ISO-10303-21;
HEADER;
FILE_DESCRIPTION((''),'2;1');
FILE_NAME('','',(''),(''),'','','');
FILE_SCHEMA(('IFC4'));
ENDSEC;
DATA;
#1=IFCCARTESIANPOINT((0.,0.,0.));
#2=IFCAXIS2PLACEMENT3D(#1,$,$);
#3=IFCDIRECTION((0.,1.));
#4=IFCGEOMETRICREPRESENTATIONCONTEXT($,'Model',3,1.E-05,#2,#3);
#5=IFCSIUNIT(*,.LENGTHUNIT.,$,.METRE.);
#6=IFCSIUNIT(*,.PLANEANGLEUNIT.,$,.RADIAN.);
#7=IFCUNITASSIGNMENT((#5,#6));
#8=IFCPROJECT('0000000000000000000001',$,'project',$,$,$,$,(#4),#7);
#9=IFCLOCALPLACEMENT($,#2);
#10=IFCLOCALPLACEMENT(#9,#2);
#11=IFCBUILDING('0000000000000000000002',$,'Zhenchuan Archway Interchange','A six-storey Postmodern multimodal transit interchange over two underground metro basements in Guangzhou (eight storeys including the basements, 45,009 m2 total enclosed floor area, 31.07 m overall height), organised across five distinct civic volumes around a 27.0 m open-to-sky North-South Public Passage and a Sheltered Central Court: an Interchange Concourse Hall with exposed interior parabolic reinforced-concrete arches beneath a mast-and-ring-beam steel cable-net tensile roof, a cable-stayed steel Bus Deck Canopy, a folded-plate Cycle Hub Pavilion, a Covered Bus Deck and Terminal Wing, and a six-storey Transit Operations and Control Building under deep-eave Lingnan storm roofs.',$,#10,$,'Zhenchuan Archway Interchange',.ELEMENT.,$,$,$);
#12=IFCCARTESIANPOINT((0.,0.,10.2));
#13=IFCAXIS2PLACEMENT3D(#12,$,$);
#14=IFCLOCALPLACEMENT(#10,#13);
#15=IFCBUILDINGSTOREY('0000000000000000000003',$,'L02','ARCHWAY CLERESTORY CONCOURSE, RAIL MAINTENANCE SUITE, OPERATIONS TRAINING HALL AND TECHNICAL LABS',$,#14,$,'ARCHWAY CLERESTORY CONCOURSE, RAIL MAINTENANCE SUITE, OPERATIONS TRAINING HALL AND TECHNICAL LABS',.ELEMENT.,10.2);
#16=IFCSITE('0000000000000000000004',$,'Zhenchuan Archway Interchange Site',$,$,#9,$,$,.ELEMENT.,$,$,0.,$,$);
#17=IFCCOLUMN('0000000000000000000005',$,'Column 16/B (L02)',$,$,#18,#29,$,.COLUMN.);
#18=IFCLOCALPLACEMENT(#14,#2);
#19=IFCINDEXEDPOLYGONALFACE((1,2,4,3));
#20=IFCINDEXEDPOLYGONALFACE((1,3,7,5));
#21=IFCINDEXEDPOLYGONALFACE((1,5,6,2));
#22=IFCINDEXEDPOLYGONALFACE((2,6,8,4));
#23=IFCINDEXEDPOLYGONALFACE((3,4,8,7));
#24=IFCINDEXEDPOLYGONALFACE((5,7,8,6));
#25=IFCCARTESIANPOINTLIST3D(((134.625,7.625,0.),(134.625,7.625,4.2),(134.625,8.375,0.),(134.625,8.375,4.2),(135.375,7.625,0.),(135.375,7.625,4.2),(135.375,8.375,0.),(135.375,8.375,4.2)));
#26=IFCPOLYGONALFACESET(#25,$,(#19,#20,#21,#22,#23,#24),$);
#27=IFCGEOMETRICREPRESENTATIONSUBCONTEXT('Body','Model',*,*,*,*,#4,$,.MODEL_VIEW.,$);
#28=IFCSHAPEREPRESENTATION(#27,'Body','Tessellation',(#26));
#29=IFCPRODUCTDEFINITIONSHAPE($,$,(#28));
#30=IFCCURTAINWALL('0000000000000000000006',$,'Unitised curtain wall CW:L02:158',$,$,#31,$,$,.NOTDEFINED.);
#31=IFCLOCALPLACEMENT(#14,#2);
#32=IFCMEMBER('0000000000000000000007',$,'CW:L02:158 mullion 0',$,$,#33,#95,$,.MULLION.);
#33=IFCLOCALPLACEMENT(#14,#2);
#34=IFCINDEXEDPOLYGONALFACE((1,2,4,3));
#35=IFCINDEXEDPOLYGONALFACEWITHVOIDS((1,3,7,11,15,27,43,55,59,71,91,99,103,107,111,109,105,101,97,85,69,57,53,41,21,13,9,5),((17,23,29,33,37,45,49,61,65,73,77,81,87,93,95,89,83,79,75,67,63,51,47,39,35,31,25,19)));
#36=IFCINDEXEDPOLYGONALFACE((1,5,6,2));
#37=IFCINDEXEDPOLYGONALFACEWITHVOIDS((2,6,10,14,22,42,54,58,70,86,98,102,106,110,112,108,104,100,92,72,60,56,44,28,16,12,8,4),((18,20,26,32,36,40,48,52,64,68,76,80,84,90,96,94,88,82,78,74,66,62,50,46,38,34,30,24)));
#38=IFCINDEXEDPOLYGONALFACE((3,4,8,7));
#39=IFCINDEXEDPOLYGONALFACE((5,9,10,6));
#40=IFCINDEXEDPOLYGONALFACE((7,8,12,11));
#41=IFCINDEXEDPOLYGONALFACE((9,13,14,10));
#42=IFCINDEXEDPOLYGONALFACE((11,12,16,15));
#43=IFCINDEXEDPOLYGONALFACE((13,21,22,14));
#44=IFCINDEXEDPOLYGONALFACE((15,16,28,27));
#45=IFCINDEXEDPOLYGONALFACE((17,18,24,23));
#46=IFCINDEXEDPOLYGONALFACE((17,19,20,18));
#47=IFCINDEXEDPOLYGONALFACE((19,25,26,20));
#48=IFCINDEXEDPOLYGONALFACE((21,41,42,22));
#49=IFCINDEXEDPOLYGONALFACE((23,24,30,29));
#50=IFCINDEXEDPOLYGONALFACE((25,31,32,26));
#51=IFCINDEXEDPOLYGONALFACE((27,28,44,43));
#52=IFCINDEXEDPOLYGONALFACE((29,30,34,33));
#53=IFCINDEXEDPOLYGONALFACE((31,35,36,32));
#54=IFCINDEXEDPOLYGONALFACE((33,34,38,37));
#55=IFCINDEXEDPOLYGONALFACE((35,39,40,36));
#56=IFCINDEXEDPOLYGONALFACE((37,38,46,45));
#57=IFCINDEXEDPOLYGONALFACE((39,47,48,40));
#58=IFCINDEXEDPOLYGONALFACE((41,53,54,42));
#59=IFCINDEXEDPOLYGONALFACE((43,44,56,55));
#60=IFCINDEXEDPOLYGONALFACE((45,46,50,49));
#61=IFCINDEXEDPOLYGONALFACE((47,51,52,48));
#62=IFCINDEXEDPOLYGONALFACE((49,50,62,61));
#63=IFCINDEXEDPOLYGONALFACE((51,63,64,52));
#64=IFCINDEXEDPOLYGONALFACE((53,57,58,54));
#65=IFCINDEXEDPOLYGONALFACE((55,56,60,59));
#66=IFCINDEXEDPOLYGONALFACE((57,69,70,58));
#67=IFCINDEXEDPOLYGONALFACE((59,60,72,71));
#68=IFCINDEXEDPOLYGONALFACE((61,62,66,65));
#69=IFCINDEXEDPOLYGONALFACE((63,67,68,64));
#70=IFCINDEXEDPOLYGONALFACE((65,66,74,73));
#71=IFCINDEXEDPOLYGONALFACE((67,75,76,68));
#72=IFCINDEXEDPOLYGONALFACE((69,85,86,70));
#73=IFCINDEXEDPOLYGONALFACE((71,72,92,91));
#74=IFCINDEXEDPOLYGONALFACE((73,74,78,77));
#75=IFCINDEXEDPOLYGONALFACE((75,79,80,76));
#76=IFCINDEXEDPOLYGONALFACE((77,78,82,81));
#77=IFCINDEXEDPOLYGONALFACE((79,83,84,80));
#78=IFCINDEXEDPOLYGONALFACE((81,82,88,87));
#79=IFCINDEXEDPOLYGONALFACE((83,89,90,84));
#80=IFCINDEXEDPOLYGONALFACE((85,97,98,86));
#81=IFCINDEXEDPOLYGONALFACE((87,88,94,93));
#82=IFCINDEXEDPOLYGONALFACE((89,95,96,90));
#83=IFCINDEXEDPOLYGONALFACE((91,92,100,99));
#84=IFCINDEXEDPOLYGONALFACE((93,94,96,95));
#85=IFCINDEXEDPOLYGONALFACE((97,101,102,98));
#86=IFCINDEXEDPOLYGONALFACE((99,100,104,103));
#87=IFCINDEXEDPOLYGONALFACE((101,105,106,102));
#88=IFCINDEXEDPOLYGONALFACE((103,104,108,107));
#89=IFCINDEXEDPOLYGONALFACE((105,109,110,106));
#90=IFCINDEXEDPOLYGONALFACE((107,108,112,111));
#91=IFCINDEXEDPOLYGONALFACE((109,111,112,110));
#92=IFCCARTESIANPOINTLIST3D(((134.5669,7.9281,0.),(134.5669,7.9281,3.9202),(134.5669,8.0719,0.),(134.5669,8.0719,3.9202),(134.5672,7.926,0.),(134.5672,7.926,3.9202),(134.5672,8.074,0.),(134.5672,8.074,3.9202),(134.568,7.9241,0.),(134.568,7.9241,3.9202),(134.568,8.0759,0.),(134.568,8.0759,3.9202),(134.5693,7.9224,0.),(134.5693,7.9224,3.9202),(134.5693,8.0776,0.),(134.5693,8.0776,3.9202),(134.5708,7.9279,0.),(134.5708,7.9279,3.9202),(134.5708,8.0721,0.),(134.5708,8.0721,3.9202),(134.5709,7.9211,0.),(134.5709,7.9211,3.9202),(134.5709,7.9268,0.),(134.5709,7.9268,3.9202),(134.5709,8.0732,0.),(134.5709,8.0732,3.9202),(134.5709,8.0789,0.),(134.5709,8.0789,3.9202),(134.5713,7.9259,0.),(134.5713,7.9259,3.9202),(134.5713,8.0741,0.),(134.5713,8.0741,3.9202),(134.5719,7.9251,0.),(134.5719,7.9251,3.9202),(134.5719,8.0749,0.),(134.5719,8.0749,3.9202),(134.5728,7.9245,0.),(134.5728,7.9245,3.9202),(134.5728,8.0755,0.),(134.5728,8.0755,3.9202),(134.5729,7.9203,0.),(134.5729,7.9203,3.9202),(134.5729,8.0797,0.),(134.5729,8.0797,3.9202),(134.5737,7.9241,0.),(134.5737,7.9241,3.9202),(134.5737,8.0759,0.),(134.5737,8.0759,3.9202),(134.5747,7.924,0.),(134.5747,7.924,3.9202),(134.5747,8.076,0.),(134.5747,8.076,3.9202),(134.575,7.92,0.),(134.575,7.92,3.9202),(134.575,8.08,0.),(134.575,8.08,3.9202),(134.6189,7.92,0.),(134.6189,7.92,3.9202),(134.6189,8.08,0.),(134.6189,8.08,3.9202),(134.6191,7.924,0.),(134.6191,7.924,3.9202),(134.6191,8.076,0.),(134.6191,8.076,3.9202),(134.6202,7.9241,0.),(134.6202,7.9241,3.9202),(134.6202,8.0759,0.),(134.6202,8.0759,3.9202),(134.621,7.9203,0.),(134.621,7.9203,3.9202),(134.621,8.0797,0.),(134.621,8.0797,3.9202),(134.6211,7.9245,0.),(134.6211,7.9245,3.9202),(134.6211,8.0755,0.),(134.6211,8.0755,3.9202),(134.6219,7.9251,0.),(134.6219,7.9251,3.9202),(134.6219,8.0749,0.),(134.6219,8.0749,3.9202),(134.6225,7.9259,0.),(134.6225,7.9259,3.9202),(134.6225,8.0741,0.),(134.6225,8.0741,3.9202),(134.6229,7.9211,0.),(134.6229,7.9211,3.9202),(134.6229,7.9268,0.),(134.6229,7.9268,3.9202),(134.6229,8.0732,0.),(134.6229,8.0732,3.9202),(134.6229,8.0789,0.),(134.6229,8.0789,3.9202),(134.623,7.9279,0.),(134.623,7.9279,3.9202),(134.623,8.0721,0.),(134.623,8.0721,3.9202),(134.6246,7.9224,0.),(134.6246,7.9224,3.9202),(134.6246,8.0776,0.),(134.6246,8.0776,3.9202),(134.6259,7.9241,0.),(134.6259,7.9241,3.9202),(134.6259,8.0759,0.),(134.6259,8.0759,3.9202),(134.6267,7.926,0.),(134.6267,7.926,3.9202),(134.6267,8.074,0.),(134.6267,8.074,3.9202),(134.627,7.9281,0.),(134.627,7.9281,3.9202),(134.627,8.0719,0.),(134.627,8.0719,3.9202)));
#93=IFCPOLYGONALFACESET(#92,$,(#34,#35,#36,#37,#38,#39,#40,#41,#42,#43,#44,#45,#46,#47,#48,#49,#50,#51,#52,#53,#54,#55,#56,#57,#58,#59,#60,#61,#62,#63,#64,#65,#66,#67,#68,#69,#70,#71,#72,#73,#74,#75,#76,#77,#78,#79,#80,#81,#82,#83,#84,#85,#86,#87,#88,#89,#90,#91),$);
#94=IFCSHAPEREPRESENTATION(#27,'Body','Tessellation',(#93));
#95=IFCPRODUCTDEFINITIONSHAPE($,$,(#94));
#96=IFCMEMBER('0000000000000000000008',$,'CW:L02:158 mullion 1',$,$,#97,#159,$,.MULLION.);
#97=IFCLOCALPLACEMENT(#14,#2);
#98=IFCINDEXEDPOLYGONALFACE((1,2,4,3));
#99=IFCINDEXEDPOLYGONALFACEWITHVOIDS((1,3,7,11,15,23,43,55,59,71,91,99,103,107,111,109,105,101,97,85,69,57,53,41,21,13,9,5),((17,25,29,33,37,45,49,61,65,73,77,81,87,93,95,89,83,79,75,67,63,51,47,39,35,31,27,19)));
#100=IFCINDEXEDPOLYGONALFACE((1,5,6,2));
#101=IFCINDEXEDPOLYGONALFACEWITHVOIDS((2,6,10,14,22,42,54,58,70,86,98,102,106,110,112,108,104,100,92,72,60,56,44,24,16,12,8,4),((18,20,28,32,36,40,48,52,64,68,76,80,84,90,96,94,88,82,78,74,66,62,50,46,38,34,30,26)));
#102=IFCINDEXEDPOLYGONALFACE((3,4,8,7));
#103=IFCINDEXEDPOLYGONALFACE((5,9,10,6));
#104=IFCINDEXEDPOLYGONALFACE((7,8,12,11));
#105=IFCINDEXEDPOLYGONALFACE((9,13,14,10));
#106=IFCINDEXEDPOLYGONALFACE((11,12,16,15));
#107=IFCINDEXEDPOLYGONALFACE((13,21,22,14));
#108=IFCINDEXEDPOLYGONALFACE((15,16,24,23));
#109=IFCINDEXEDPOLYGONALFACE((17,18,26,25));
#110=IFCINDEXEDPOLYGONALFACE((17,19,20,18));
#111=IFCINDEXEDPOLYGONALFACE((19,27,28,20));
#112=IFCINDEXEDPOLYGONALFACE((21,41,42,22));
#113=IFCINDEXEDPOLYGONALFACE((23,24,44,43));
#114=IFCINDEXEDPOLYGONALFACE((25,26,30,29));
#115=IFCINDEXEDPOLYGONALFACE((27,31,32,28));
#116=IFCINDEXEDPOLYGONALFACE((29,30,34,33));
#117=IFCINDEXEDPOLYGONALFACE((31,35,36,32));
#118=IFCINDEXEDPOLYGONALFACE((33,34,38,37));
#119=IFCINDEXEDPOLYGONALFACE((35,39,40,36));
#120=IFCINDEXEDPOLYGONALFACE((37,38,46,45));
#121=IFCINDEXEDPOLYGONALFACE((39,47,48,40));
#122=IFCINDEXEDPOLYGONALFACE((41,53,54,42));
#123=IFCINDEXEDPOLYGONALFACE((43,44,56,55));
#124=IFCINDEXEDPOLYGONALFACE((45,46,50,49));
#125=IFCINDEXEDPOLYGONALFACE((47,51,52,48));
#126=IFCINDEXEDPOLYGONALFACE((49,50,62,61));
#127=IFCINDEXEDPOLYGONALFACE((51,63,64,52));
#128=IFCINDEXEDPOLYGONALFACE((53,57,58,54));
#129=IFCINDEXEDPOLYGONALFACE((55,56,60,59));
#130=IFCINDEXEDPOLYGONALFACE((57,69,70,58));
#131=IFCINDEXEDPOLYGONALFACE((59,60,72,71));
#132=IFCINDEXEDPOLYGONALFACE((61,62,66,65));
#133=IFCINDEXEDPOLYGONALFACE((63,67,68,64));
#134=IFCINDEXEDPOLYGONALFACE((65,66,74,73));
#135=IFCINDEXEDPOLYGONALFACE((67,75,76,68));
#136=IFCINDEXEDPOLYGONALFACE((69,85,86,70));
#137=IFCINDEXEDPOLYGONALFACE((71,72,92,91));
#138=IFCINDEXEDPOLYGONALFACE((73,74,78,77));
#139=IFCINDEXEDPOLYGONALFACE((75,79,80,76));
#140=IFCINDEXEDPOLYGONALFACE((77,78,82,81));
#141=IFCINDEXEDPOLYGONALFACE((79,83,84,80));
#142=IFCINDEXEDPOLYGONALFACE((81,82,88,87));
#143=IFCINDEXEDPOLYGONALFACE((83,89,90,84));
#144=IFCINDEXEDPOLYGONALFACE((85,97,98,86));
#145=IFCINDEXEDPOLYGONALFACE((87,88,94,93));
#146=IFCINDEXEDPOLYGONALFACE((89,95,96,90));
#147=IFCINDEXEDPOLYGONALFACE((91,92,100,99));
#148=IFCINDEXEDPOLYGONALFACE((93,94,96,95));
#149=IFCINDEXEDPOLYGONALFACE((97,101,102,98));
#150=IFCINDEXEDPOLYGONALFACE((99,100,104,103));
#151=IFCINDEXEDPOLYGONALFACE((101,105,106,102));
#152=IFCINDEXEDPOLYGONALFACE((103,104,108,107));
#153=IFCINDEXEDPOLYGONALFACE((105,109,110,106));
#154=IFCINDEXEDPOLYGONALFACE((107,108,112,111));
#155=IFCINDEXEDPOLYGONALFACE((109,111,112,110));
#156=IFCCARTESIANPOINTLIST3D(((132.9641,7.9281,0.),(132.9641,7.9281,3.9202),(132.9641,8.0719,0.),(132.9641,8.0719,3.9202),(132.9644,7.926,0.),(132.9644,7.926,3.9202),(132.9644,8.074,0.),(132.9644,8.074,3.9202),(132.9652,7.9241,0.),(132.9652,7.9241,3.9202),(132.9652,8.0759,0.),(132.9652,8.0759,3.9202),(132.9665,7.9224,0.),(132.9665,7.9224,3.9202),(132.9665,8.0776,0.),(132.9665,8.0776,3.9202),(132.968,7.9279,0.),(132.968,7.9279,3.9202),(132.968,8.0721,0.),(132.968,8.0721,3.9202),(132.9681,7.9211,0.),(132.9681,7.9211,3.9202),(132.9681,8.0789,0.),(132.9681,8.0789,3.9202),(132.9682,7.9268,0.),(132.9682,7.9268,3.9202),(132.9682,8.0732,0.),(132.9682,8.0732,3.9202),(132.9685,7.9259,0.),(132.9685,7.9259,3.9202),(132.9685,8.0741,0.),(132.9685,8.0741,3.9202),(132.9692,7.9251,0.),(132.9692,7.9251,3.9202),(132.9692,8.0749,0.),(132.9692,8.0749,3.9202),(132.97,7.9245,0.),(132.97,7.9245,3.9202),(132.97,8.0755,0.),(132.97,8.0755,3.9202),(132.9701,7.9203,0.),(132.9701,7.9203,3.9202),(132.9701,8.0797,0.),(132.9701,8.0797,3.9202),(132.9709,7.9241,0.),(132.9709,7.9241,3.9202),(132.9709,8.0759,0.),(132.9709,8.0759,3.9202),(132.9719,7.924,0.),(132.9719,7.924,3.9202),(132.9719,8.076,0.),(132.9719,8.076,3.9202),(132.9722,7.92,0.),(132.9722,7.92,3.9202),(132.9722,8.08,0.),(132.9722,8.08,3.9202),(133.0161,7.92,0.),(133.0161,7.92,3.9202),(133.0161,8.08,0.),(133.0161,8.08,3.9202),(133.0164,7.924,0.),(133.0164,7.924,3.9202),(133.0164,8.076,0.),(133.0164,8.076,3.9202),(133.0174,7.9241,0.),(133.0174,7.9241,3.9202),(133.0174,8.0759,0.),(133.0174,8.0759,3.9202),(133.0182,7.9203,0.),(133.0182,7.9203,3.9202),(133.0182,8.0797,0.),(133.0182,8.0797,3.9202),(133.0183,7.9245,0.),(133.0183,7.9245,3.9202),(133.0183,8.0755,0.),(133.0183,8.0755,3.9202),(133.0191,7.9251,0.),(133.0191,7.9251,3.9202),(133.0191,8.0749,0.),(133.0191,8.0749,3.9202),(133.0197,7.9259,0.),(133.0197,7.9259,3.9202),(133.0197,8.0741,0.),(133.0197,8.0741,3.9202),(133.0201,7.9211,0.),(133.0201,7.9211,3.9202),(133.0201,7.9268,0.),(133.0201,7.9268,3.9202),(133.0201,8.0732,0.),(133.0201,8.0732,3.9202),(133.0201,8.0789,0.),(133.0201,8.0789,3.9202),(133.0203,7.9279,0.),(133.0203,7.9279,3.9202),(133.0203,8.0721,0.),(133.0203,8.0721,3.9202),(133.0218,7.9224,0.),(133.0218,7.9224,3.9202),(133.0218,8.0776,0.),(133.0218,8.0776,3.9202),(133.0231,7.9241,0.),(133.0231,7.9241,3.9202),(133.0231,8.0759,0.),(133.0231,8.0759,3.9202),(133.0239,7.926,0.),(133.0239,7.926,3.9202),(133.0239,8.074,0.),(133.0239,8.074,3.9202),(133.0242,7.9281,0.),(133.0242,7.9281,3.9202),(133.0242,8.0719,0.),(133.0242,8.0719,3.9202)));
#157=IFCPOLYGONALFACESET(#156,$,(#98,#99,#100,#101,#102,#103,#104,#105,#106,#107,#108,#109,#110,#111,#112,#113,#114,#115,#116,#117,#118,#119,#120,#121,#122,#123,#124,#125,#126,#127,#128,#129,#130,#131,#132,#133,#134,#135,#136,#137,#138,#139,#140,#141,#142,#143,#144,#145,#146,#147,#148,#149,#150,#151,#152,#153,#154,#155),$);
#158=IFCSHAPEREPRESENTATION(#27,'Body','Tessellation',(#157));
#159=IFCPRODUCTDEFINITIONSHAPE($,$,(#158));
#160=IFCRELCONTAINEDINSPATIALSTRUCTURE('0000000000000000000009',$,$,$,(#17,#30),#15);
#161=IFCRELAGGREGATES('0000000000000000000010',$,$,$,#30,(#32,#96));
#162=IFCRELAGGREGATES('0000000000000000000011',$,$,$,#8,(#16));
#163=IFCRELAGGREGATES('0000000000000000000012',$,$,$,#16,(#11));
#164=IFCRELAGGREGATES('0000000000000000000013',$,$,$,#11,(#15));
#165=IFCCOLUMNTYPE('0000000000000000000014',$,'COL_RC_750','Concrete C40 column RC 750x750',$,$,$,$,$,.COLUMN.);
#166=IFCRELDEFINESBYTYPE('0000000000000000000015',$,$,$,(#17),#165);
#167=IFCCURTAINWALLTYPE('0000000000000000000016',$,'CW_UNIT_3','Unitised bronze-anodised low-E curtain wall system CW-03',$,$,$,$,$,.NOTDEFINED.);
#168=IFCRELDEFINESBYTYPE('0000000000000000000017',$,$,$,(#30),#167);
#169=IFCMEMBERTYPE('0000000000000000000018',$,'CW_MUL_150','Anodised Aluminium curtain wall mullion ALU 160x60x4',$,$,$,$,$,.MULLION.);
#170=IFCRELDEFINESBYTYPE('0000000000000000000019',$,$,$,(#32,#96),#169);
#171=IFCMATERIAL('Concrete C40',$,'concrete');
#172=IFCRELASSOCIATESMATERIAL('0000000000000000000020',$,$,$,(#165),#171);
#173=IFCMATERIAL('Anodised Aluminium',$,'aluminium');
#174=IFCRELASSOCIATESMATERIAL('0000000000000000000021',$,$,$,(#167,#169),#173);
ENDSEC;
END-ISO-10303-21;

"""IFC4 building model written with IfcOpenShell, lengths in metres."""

from ifc_helpers import new_model, si_unit, direction, frame, origin, origin_2d, place, context, subcontext, project, spatial, rectangle, hollow_rectangle, extrude, material, material_profile, profile_set, type_object, element, aggregate, save


model = new_model("IFC4")

# Units and contexts
model_context = context("Model", 3, precision=1e-05, world=origin(), true_north=direction((0.0, 1.0)))
body_context = subcontext(model_context, "Body", "Model", "MODEL_VIEW")
ifc_project = project(units=[si_unit("LENGTHUNIT", "METRE"), si_unit("PLANEANGLEUNIT", "RADIAN")], contexts=[model_context])

# Site, building, storey
site_placement = place(None, origin())
site = spatial("IfcSite", under=ifc_project, at=site_placement, Name="Zhenchuan Archway Interchange Site", CompositionType="ELEMENT", RefElevation=0.0)
building_placement = place(site_placement, origin())
building = spatial("IfcBuilding", under=site, at=building_placement, Name="Zhenchuan Archway Interchange", Description="A six-storey Postmodern multimodal transit interchange over two underground metro basements in Guangzhou (eight storeys including the basements, 45,009 m2 total enclosed floor area, 31.07 m overall height), organised across five distinct civic volumes around a 27.0 m open-to-sky North-South Public Passage and a Sheltered Central Court: an Interchange Concourse Hall with exposed interior parabolic reinforced-concrete arches beneath a mast-and-ring-beam steel cable-net tensile roof, a cable-stayed steel Bus Deck Canopy, a folded-plate Cycle Hub Pavilion, a Covered Bus Deck and Terminal Wing, and a six-storey Transit Operations and Control Building under deep-eave Lingnan storm roofs.", LongName="Zhenchuan Archway Interchange", CompositionType="ELEMENT")
storey_placement = place(building_placement, frame((0.0, 0.0, 10.2)))
storey = spatial("IfcBuildingStorey", under=building, at=storey_placement, Name="L02", Description="ARCHWAY CLERESTORY CONCOURSE, RAIL MAINTENANCE SUITE, OPERATIONS TRAINING HALL AND TECHNICAL LABS", LongName="ARCHWAY CLERESTORY CONCOURSE, RAIL MAINTENANCE SUITE, OPERATIONS TRAINING HALL AND TECHNICAL LABS", CompositionType="ELEMENT", Elevation=10.2)

# Column
ifc_material_1 = material(Name="Concrete C40", Category="concrete")
ifc_material_profile_1 = material_profile(ifc_material_1, rectangle(XDim=0.75, YDim=0.75, at=origin_2d()), Name="RC 750x750")
ifc_profile_set_1 = profile_set([ifc_material_profile_1], Name="Concrete C40")
column_type = type_object("IfcColumnType", Name="COL_RC_750", Description="Concrete C40 column RC 750x750", PredefinedType="COLUMN", material=ifc_profile_set_1)
column_placement = place(storey_placement, frame((135.0, 8.0, 0.0), z_axis=(0.0, 0.0, 1.0), x_axis=(1.0, 0.0, 0.0)))
element("IfcColumn", 1, at=column_placement, inside=storey, type_object=column_type, Name="Column 16/B (L02)", PredefinedType="COLUMN", context=body_context, shape_type="SweptSolid", body=[
    extrude(rectangle(XDim=0.75, YDim=0.75, at=origin_2d()), origin(), (0.0, 0.0, 1.0), 4.2),
])

# Curtain wall, members
ifc_material_2 = material(Name="Anodised Aluminium", Category="aluminium")
curtain_wall_type = type_object("IfcCurtainWallType", Name="CW_UNIT_3", Description="Unitised bronze-anodised low-E curtain wall system CW-03", PredefinedType="NOTDEFINED", material=ifc_material_2)
curtain_wall_placement = place(storey_placement, origin())
curtain_wall = element("IfcCurtainWall", 2, at=curtain_wall_placement, inside=storey, type_object=curtain_wall_type, Name="Unitised curtain wall CW:L02:158", PredefinedType="NOTDEFINED")
ifc_material_profile_2 = material_profile(ifc_material_2, hollow_rectangle(XDim=0.0601, YDim=0.1599, WallThickness=0.0039, InnerFilletRadius=0.0039, OuterFilletRadius=0.0081, at=origin_2d()), Name="ALU 160x60x4")
ifc_profile_set_2 = profile_set([ifc_material_profile_2], Name="Anodised Aluminium")
member_type_1 = type_object("IfcMemberType", Name="CW_MUL_150", Description="Anodised Aluminium curtain wall mullion ALU 160x60x4", PredefinedType="MULLION", material=ifc_profile_set_2)
member_1_placement = place(storey_placement, frame((134.5969, 8.0, 0.0), z_axis=(0.0, 0.0, 1.0), x_axis=(1.0, 0.0, 0.0)))
member_1 = element("IfcMember", 3, at=member_1_placement, type_object=member_type_1, Name="CW:L02:158 mullion 0", PredefinedType="MULLION", context=body_context, shape_type="SweptSolid", body=[
    extrude(hollow_rectangle(XDim=0.0601, YDim=0.1599, WallThickness=0.0039, InnerFilletRadius=0.0039, OuterFilletRadius=0.0081, at=origin_2d()), origin(), (0.0, 0.0, 1.0), 3.9202),
])
member_2_placement = place(storey_placement, frame((132.9941, 8.0, 0.0), z_axis=(0.0, 0.0, 1.0), x_axis=(1.0, 0.0, 0.0)))
member_2 = element("IfcMember", 4, at=member_2_placement, type_object=member_type_1, Name="CW:L02:158 mullion 1", PredefinedType="MULLION", context=body_context, shape_type="SweptSolid", body=[
    extrude(hollow_rectangle(XDim=0.0601, YDim=0.1599, WallThickness=0.0039, InnerFilletRadius=0.0039, OuterFilletRadius=0.0081, at=origin_2d()), origin(), (0.0, 0.0, 1.0), 3.9202),
])

aggregate(curtain_wall, [member_1, member_2])

save(model, "model.ifc")
